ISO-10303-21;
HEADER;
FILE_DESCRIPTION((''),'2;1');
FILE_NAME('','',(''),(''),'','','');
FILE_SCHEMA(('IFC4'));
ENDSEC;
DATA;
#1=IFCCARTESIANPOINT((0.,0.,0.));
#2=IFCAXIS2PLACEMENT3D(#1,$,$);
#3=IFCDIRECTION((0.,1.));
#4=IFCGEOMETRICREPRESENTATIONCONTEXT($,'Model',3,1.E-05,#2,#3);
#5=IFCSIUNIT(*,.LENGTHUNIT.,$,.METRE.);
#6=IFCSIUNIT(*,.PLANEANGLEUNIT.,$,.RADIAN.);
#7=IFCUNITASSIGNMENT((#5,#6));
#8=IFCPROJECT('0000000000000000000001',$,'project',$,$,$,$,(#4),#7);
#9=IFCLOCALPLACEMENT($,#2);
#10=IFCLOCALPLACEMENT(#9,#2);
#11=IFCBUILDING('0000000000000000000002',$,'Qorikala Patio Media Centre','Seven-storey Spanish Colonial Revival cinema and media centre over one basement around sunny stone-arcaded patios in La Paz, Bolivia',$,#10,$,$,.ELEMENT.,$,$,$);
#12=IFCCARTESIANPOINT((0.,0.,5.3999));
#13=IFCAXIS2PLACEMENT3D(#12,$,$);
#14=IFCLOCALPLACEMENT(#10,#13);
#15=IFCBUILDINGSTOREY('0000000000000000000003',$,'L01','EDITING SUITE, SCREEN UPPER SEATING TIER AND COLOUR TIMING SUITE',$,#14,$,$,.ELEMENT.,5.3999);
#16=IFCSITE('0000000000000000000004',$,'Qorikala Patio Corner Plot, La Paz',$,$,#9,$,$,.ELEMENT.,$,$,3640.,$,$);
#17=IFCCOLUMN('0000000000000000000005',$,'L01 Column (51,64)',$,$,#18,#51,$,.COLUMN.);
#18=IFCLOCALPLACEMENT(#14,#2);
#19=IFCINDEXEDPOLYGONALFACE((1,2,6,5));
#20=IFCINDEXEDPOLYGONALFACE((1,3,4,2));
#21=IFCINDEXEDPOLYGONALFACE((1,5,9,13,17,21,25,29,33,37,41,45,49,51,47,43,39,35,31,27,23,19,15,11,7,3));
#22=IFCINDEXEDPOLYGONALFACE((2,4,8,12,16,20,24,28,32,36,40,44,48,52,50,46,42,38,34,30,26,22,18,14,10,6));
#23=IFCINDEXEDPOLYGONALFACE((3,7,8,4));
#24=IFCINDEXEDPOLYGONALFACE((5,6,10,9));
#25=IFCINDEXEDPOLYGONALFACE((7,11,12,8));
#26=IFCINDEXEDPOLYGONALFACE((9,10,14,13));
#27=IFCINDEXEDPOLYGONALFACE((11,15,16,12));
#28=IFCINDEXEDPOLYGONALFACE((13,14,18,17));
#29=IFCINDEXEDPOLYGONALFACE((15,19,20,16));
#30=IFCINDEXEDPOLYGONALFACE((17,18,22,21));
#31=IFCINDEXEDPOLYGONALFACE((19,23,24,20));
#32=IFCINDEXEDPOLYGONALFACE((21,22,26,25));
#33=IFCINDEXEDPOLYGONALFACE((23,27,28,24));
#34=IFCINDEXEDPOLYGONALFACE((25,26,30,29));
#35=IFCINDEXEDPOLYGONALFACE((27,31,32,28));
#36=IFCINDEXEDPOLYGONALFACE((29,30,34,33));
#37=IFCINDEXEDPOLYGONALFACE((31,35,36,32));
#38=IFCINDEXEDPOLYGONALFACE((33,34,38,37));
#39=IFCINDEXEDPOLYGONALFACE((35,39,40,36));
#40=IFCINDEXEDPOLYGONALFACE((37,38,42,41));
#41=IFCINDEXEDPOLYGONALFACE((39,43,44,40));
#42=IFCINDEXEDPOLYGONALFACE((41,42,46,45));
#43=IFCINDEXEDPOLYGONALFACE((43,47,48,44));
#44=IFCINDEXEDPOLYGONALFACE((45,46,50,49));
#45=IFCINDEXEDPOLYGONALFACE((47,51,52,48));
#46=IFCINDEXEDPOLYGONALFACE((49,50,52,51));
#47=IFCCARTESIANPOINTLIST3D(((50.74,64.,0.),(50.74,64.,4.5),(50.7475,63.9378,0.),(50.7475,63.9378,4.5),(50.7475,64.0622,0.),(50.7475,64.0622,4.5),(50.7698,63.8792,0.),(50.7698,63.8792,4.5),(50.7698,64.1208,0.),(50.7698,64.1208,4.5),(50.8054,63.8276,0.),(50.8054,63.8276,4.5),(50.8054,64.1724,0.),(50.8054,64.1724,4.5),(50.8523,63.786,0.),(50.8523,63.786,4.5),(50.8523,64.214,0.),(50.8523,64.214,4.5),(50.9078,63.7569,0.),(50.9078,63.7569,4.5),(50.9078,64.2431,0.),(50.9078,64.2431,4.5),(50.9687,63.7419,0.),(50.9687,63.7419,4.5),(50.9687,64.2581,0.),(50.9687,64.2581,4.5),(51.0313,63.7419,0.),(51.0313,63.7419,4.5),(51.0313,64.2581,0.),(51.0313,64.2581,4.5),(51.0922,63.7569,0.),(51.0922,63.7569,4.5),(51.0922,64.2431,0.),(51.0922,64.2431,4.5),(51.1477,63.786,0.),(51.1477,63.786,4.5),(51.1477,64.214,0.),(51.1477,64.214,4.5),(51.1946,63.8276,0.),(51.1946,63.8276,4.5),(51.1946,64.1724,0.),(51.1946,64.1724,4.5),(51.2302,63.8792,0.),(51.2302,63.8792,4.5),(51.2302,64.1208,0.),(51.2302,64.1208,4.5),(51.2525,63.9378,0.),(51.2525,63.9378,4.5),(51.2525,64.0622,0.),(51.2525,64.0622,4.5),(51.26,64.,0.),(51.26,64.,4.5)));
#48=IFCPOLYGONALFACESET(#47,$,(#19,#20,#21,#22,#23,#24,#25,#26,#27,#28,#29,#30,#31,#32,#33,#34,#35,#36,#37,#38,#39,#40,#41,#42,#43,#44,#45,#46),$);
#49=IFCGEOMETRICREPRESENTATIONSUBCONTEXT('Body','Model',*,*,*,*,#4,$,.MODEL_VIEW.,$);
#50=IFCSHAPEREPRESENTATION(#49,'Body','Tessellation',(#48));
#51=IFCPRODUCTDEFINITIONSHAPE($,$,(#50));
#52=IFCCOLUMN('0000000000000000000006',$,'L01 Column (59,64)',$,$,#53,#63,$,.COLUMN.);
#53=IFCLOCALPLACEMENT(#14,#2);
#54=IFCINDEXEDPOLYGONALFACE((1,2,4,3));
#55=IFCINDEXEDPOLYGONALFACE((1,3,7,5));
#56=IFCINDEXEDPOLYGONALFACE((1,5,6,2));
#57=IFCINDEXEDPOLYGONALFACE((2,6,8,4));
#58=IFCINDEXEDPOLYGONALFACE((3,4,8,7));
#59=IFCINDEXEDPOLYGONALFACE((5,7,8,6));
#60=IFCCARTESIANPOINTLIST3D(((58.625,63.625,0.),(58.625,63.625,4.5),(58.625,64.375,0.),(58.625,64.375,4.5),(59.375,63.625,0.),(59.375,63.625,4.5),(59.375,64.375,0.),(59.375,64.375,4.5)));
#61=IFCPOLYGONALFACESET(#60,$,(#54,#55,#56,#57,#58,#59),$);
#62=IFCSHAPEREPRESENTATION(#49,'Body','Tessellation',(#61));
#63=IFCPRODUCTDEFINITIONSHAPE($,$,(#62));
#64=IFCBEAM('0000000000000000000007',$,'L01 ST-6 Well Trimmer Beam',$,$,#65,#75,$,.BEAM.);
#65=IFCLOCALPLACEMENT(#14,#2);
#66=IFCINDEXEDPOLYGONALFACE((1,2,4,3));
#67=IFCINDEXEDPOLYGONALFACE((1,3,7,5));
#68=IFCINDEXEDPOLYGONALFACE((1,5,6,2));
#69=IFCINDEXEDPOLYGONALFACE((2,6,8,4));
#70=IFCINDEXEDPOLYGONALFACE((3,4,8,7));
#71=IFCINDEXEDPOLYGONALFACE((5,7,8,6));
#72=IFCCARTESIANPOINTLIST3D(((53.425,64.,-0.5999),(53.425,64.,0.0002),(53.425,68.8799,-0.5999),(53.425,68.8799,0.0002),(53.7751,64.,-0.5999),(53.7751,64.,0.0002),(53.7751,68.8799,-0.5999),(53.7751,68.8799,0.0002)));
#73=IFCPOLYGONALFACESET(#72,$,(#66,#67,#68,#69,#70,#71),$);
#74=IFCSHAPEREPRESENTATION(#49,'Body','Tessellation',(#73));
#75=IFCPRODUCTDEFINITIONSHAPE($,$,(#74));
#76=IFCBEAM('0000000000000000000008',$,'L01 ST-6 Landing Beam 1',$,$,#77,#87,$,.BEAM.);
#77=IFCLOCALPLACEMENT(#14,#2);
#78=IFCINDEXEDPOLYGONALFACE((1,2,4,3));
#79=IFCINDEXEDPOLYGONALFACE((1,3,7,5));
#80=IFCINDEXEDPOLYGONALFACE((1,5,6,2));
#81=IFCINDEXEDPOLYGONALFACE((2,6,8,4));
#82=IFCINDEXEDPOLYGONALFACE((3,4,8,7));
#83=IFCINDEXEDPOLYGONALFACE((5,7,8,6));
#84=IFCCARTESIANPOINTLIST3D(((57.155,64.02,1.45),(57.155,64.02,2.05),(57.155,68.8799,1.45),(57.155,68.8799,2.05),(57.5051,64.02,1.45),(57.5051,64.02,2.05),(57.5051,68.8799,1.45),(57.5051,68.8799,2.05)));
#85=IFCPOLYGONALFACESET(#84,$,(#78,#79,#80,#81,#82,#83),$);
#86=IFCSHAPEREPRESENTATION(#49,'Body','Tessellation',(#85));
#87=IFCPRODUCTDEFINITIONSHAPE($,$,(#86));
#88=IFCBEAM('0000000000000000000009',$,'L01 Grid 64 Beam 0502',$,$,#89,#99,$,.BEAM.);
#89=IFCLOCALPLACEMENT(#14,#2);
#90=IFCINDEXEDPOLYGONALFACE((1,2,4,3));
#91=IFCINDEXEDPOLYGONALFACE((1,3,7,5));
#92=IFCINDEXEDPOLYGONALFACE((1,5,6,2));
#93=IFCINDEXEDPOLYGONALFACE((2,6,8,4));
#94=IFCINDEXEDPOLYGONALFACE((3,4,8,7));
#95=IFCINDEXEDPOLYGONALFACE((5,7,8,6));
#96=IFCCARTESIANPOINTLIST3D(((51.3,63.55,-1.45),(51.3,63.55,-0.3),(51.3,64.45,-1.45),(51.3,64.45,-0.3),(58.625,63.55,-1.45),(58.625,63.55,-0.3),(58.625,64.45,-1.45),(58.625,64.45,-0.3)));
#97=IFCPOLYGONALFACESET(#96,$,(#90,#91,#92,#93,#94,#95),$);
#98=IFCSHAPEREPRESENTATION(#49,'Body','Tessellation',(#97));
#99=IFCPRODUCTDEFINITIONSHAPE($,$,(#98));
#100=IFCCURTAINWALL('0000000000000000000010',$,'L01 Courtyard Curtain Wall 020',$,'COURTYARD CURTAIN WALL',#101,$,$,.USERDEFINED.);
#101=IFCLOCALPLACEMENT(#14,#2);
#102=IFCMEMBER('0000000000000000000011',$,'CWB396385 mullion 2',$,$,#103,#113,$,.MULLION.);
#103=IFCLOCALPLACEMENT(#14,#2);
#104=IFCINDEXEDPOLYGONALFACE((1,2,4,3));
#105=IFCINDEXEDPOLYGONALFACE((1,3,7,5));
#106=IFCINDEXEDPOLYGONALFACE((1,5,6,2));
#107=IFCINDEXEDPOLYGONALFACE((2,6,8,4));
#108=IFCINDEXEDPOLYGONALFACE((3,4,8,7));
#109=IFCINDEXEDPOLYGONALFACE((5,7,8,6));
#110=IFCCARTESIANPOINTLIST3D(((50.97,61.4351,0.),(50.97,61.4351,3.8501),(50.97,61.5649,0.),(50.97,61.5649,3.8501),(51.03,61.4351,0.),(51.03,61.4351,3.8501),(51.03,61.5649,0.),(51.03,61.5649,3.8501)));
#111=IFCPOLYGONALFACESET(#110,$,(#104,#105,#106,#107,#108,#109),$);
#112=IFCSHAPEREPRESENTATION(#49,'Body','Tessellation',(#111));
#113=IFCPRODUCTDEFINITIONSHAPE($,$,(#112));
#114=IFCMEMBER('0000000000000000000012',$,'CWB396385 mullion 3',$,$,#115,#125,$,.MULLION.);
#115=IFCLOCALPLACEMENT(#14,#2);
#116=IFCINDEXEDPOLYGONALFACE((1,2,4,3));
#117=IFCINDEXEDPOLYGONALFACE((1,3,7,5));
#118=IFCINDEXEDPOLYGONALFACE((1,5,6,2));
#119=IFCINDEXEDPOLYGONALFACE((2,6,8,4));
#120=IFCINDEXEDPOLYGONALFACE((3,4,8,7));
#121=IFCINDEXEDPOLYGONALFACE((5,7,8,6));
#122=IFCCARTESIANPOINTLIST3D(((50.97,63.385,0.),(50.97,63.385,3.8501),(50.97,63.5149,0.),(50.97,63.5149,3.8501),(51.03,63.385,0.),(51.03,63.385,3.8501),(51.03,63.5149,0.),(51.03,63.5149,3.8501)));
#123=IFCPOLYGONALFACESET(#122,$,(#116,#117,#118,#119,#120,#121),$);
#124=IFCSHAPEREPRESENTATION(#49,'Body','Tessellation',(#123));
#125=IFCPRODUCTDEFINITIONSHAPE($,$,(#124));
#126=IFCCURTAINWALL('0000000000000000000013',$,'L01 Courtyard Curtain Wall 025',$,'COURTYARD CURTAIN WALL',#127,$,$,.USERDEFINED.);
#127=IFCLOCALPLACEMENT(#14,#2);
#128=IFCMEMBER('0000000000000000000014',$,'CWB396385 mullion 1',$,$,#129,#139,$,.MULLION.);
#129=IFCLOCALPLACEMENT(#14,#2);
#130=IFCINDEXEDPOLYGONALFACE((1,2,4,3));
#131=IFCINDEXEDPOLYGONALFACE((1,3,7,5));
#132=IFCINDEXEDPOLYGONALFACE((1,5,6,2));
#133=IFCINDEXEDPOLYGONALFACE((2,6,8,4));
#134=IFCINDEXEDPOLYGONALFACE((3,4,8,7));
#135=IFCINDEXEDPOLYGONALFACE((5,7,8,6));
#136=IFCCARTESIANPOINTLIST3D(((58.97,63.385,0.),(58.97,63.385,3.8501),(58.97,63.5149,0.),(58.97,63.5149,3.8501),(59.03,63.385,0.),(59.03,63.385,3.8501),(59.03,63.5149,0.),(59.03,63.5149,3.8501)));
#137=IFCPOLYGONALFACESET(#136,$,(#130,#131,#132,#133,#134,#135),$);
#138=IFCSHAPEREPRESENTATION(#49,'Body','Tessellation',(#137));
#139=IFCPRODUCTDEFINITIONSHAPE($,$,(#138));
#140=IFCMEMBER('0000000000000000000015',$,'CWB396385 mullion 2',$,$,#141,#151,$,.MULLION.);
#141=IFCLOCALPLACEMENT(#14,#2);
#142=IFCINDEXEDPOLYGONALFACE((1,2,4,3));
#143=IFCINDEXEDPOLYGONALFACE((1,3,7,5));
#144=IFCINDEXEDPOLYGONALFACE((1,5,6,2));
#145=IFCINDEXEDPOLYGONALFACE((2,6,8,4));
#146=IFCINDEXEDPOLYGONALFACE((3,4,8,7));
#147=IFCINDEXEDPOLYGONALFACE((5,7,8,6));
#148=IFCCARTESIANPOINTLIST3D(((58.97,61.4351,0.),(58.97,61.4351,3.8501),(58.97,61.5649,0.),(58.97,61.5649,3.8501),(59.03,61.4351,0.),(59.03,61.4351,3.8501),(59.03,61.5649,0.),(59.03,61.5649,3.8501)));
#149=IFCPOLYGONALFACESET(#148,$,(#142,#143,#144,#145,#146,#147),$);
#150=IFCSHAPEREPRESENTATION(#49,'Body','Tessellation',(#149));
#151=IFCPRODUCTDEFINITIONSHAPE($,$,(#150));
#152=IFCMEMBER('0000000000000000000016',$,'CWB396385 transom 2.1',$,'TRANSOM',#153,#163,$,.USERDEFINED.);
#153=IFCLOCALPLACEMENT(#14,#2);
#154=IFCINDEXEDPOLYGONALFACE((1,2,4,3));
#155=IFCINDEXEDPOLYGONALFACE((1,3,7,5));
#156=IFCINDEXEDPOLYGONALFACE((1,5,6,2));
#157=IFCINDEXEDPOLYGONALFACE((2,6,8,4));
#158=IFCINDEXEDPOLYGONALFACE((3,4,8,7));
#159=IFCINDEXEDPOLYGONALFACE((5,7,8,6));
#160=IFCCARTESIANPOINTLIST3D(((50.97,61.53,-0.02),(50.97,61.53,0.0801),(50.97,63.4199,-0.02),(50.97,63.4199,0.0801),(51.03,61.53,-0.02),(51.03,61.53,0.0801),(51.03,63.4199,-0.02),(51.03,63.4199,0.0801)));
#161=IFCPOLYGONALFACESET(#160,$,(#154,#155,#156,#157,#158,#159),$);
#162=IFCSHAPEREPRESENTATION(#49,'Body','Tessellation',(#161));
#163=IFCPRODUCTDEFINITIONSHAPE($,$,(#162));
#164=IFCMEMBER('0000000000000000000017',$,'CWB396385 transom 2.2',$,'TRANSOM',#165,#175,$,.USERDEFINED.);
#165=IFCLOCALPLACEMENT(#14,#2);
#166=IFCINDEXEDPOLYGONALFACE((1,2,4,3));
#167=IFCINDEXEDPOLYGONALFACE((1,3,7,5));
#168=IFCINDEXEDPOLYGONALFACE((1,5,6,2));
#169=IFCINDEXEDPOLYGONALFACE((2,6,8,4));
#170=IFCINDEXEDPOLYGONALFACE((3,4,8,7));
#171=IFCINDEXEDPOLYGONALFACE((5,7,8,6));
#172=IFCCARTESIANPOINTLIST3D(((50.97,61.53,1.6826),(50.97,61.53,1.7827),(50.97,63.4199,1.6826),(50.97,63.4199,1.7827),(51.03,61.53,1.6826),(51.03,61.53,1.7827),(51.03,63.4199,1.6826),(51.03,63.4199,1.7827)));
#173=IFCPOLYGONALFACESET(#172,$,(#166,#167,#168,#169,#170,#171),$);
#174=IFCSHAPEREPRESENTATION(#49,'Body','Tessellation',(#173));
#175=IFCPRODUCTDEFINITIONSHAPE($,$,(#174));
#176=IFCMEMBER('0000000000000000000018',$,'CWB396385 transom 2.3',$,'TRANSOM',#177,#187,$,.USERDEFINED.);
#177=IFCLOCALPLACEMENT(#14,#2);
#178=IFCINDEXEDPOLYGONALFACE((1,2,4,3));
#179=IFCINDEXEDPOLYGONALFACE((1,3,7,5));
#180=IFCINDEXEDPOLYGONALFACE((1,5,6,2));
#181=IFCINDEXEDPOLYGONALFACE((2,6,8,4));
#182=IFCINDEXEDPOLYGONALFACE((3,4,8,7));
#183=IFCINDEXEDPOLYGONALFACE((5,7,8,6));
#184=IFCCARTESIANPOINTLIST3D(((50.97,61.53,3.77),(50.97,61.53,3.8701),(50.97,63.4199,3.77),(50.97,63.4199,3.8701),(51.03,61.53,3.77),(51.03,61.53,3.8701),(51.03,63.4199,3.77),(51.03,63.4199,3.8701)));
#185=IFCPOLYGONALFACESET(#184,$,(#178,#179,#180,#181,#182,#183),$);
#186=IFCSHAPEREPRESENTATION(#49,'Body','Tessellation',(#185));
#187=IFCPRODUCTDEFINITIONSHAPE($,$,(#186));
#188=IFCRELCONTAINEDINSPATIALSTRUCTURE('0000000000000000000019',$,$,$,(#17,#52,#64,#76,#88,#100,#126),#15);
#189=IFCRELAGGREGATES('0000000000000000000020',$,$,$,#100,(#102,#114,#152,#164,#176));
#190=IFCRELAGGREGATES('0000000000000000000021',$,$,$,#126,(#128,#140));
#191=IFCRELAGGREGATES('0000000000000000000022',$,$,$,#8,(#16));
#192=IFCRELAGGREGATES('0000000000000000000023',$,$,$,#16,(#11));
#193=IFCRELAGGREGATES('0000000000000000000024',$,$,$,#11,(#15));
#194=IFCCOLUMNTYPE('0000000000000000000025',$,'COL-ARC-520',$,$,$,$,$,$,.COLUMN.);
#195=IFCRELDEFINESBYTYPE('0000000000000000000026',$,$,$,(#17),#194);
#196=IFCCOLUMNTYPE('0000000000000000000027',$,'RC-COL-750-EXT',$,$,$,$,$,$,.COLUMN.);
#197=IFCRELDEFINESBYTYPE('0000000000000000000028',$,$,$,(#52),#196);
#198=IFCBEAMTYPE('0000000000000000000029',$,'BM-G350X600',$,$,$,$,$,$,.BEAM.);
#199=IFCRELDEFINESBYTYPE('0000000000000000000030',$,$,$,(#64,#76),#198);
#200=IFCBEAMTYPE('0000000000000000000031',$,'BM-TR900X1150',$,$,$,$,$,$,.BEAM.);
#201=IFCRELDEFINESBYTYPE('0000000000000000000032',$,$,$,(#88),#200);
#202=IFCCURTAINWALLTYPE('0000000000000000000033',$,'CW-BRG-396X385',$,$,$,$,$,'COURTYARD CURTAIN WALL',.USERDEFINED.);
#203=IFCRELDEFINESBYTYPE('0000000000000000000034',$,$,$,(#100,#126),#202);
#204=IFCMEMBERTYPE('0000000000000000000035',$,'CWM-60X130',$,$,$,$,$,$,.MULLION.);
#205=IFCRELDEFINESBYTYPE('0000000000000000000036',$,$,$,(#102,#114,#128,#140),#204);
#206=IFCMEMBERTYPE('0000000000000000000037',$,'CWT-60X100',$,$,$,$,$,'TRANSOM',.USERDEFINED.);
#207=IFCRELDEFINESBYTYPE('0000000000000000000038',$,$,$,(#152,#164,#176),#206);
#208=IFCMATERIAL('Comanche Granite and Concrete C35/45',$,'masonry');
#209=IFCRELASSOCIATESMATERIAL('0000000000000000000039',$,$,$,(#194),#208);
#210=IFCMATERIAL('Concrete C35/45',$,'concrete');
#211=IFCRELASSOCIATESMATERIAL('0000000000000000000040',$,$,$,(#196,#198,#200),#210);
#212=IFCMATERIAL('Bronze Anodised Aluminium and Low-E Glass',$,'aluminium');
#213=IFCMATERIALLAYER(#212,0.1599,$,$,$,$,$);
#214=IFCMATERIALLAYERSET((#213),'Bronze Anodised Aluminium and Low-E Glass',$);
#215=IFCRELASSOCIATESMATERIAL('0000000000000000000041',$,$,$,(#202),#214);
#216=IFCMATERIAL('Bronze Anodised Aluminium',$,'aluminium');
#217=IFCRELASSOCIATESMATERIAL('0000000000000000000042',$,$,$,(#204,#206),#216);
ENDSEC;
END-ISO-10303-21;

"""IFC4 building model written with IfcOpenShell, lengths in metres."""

from ifc_helpers import new_model, si_unit, direction, frame, origin, origin_2d, place, context, subcontext, project, spatial, rectangle, circle, extrude, material, layer, layer_set, material_profile, profile_set, type_object, element, aggregate, save


model = new_model("IFC4")

# Units and contexts
model_context = context("Model", 3, precision=1e-05, world=origin(), true_north=direction((0.0, 1.0)))
body_context = subcontext(model_context, "Body", "Model", "MODEL_VIEW")
ifc_project = project(units=[si_unit("LENGTHUNIT", "METRE"), si_unit("PLANEANGLEUNIT", "RADIAN")], contexts=[model_context])

# Site, building, storey
site_placement = place(None, origin())
site = spatial("IfcSite", under=ifc_project, at=site_placement, Name="Qorikala Patio Corner Plot, La Paz", CompositionType="ELEMENT", RefElevation=3640.0)
building_placement = place(site_placement, origin())
building = spatial("IfcBuilding", under=site, at=building_placement, Name="Qorikala Patio Media Centre", Description="Seven-storey Spanish Colonial Revival cinema and media centre over one basement around sunny stone-arcaded patios in La Paz, Bolivia", CompositionType="ELEMENT")
storey_placement = place(building_placement, frame((0.0, 0.0, 5.3999)))
storey = spatial("IfcBuildingStorey", under=building, at=storey_placement, Name="L01", Description="EDITING SUITE, SCREEN UPPER SEATING TIER AND COLOUR TIMING SUITE", CompositionType="ELEMENT", Elevation=5.3999)

# Columns
ifc_material_1 = material(Name="Comanche Granite and Concrete C35/45", Category="masonry")
ifc_material_profile_1 = material_profile(ifc_material_1, circle(Radius=0.26, at=origin_2d()), Name="STONE COL D520")
ifc_profile_set_1 = profile_set([ifc_material_profile_1], Name="Comanche Granite and Concrete C35/45")
column_type_1 = type_object("IfcColumnType", Name="COL-ARC-520", PredefinedType="COLUMN", material=ifc_profile_set_1)
column_1_placement = place(storey_placement, frame((51.0, 64.0, 0.0), z_axis=(0.0, 0.0, 1.0), x_axis=(1.0, 0.0, 0.0)))
element("IfcColumn", 1, at=column_1_placement, inside=storey, type_object=column_type_1, Name="L01 Column (51,64)", PredefinedType="COLUMN", context=body_context, shape_type="SweptSolid", body=[
    extrude(circle(Radius=0.26, at=origin_2d()), origin(), (0.0, 0.0, 1.0), 4.5),
])
ifc_material_2 = material(Name="Concrete C35/45", Category="concrete")
ifc_material_profile_2 = material_profile(ifc_material_2, rectangle(XDim=0.75, YDim=0.75, at=origin_2d()), Name="RC 750x750")
ifc_profile_set_2 = profile_set([ifc_material_profile_2], Name="Concrete C35/45")
column_type_2 = type_object("IfcColumnType", Name="RC-COL-750-EXT", PredefinedType="COLUMN", material=ifc_profile_set_2)
column_2_placement = place(storey_placement, frame((59.0, 64.0, 0.0), z_axis=(0.0, 0.0, 1.0), x_axis=(1.0, 0.0, 0.0)))
element("IfcColumn", 2, at=column_2_placement, inside=storey, type_object=column_type_2, Name="L01 Column (59,64)", PredefinedType="COLUMN", context=body_context, shape_type="SweptSolid", body=[
    extrude(rectangle(XDim=0.75, YDim=0.75, at=origin_2d()), origin(), (0.0, 0.0, 1.0), 4.5),
])

# Beams
ifc_material_profile_3 = material_profile(ifc_material_2, rectangle(XDim=0.3501, YDim=0.6001, at=origin_2d()), Name="RC 350x600")
ifc_profile_set_3 = profile_set([ifc_material_profile_3], Name="Concrete C35/45")
beam_type_1 = type_object("IfcBeamType", Name="BM-G350X600", PredefinedType="BEAM", material=ifc_profile_set_3)
beam_1_placement = place(storey_placement, frame((53.6001, 64.0, -0.2998), z_axis=(0.0, 1.0, 0.0), x_axis=(-1.0, 0.0, 0.0)))
element("IfcBeam", 3, at=beam_1_placement, inside=storey, type_object=beam_type_1, Name="L01 ST-6 Well Trimmer Beam", PredefinedType="BEAM", context=body_context, shape_type="SweptSolid", body=[
    extrude(rectangle(XDim=0.3501, YDim=0.6001, at=origin_2d()), origin(), (0.0, 0.0, 1.0), 4.8799),
])
beam_2_placement = place(storey_placement, frame((57.3301, 64.02, 1.75), z_axis=(0.0, 1.0, 0.0), x_axis=(-1.0, 0.0, 0.0)))
element("IfcBeam", 4, at=beam_2_placement, inside=storey, type_object=beam_type_1, Name="L01 ST-6 Landing Beam 1", PredefinedType="BEAM", context=body_context, shape_type="SweptSolid", body=[
    extrude(rectangle(XDim=0.3501, YDim=0.6001, at=origin_2d()), origin(), (0.0, 0.0, 1.0), 4.8599),
])
ifc_material_profile_4 = material_profile(ifc_material_2, rectangle(XDim=0.8999, YDim=1.1499, at=origin_2d()), Name="RC 900x1150")
ifc_profile_set_4 = profile_set([ifc_material_profile_4], Name="Concrete C35/45")
beam_type_2 = type_object("IfcBeamType", Name="BM-TR900X1150", PredefinedType="BEAM", material=ifc_profile_set_4)
beam_3_placement = place(storey_placement, frame((51.3, 64.0, -0.875), z_axis=(1.0, 0.0, 0.0), x_axis=(0.0, 1.0, 0.0)))
element("IfcBeam", 5, at=beam_3_placement, inside=storey, type_object=beam_type_2, Name="L01 Grid 64 Beam 0502", PredefinedType="BEAM", context=body_context, shape_type="SweptSolid", body=[
    extrude(rectangle(XDim=0.8999, YDim=1.1499, at=origin_2d()), origin(), (0.0, 0.0, 1.0), 7.325),
])

# Curtain walls, members
ifc_material_3 = material(Name="Bronze Anodised Aluminium and Low-E Glass", Category="aluminium")
ifc_layer_1 = layer(ifc_material_3, 0.1599)
ifc_layer_set_1 = layer_set([ifc_layer_1], Name="Bronze Anodised Aluminium and Low-E Glass")
curtain_wall_type = type_object("IfcCurtainWallType", Name="CW-BRG-396X385", ElementType="COURTYARD CURTAIN WALL", PredefinedType="USERDEFINED", material=ifc_layer_set_1)
curtain_wall_1_placement = place(storey_placement, origin())
curtain_wall_1 = element("IfcCurtainWall", 6, at=curtain_wall_1_placement, inside=storey, type_object=curtain_wall_type, Name="L01 Courtyard Curtain Wall 020", ObjectType="COURTYARD CURTAIN WALL", PredefinedType="USERDEFINED")
ifc_material_4 = material(Name="Bronze Anodised Aluminium", Category="aluminium")
ifc_material_profile_5 = material_profile(ifc_material_4, rectangle(XDim=0.0601, YDim=0.1299, at=origin_2d()), Name="ALU MULLION 60x130")
ifc_profile_set_5 = profile_set([ifc_material_profile_5], Name="Bronze Anodised Aluminium")
member_type_1 = type_object("IfcMemberType", Name="CWM-60X130", PredefinedType="MULLION", material=ifc_profile_set_5)
member_1_placement = place(storey_placement, frame((51.0, 61.5, 0.0), z_axis=(0.0, 0.0, 1.0), x_axis=(-1.0, 0.0, 0.0)))
member_1 = element("IfcMember", 7, at=member_1_placement, type_object=member_type_1, Name="CWB396385 mullion 2", PredefinedType="MULLION", context=body_context, shape_type="SweptSolid", body=[
    extrude(rectangle(XDim=0.0601, YDim=0.1299, at=origin_2d()), origin(), (0.0, 0.0, 1.0), 3.8501),
])
member_2_placement = place(storey_placement, frame((51.0, 63.45, 0.0), z_axis=(0.0, 0.0, 1.0), x_axis=(-1.0, 0.0, 0.0)))
member_2 = element("IfcMember", 8, at=member_2_placement, type_object=member_type_1, Name="CWB396385 mullion 3", PredefinedType="MULLION", context=body_context, shape_type="SweptSolid", body=[
    extrude(rectangle(XDim=0.0601, YDim=0.1299, at=origin_2d()), origin(), (0.0, 0.0, 1.0), 3.8501),
])
curtain_wall_2_placement = place(storey_placement, origin())
curtain_wall_2 = element("IfcCurtainWall", 9, at=curtain_wall_2_placement, inside=storey, type_object=curtain_wall_type, Name="L01 Courtyard Curtain Wall 025", ObjectType="COURTYARD CURTAIN WALL", PredefinedType="USERDEFINED")
member_3_placement = place(storey_placement, frame((59.0, 63.45, 0.0), z_axis=(0.0, 0.0, 1.0), x_axis=(1.0, 0.0, 0.0)))
member_3 = element("IfcMember", 10, at=member_3_placement, type_object=member_type_1, Name="CWB396385 mullion 1", PredefinedType="MULLION", context=body_context, shape_type="SweptSolid", body=[
    extrude(rectangle(XDim=0.0601, YDim=0.1299, at=origin_2d()), origin(), (0.0, 0.0, 1.0), 3.8501),
])
member_4_placement = place(storey_placement, frame((59.0, 61.5, 0.0), z_axis=(0.0, 0.0, 1.0), x_axis=(1.0, 0.0, 0.0)))
member_4 = element("IfcMember", 11, at=member_4_placement, type_object=member_type_1, Name="CWB396385 mullion 2", PredefinedType="MULLION", context=body_context, shape_type="SweptSolid", body=[
    extrude(rectangle(XDim=0.0601, YDim=0.1299, at=origin_2d()), origin(), (0.0, 0.0, 1.0), 3.8501),
])

# Members
ifc_material_profile_6 = material_profile(ifc_material_4, rectangle(XDim=0.0601, YDim=0.1001, at=origin_2d()), Name="ALU TRANSOM 60x100")
ifc_profile_set_6 = profile_set([ifc_material_profile_6], Name="Bronze Anodised Aluminium")
member_type_2 = type_object("IfcMemberType", Name="CWT-60X100", ElementType="TRANSOM", PredefinedType="USERDEFINED", material=ifc_profile_set_6)
member_5_placement = place(storey_placement, frame((51.0, 61.53, 0.03), z_axis=(0.0, 1.0, 0.0), x_axis=(-1.0, 0.0, 0.0)))
member_5 = element("IfcMember", 12, at=member_5_placement, type_object=member_type_2, Name="CWB396385 transom 2.1", ObjectType="TRANSOM", PredefinedType="USERDEFINED", context=body_context, shape_type="SweptSolid", body=[
    extrude(rectangle(XDim=0.0601, YDim=0.1001, at=origin_2d()), origin(), (0.0, 0.0, 1.0), 1.8899),
])
member_6_placement = place(storey_placement, frame((51.0, 61.53, 1.7327), z_axis=(0.0, 1.0, 0.0), x_axis=(-1.0, 0.0, 0.0)))
member_6 = element("IfcMember", 13, at=member_6_placement, type_object=member_type_2, Name="CWB396385 transom 2.2", ObjectType="TRANSOM", PredefinedType="USERDEFINED", context=body_context, shape_type="SweptSolid", body=[
    extrude(rectangle(XDim=0.0601, YDim=0.1001, at=origin_2d()), origin(), (0.0, 0.0, 1.0), 1.8899),
])
member_7_placement = place(storey_placement, frame((51.0, 61.53, 3.8201), z_axis=(0.0, 1.0, 0.0), x_axis=(-1.0, 0.0, 0.0)))
member_7 = element("IfcMember", 14, at=member_7_placement, type_object=member_type_2, Name="CWB396385 transom 2.3", ObjectType="TRANSOM", PredefinedType="USERDEFINED", context=body_context, shape_type="SweptSolid", body=[
    extrude(rectangle(XDim=0.0601, YDim=0.1001, at=origin_2d()), origin(), (0.0, 0.0, 1.0), 1.8899),
])

aggregate(curtain_wall_1, [member_1, member_2, member_5, member_6, member_7])
aggregate(curtain_wall_2, [member_3, member_4])

save(model, "model.ifc")
